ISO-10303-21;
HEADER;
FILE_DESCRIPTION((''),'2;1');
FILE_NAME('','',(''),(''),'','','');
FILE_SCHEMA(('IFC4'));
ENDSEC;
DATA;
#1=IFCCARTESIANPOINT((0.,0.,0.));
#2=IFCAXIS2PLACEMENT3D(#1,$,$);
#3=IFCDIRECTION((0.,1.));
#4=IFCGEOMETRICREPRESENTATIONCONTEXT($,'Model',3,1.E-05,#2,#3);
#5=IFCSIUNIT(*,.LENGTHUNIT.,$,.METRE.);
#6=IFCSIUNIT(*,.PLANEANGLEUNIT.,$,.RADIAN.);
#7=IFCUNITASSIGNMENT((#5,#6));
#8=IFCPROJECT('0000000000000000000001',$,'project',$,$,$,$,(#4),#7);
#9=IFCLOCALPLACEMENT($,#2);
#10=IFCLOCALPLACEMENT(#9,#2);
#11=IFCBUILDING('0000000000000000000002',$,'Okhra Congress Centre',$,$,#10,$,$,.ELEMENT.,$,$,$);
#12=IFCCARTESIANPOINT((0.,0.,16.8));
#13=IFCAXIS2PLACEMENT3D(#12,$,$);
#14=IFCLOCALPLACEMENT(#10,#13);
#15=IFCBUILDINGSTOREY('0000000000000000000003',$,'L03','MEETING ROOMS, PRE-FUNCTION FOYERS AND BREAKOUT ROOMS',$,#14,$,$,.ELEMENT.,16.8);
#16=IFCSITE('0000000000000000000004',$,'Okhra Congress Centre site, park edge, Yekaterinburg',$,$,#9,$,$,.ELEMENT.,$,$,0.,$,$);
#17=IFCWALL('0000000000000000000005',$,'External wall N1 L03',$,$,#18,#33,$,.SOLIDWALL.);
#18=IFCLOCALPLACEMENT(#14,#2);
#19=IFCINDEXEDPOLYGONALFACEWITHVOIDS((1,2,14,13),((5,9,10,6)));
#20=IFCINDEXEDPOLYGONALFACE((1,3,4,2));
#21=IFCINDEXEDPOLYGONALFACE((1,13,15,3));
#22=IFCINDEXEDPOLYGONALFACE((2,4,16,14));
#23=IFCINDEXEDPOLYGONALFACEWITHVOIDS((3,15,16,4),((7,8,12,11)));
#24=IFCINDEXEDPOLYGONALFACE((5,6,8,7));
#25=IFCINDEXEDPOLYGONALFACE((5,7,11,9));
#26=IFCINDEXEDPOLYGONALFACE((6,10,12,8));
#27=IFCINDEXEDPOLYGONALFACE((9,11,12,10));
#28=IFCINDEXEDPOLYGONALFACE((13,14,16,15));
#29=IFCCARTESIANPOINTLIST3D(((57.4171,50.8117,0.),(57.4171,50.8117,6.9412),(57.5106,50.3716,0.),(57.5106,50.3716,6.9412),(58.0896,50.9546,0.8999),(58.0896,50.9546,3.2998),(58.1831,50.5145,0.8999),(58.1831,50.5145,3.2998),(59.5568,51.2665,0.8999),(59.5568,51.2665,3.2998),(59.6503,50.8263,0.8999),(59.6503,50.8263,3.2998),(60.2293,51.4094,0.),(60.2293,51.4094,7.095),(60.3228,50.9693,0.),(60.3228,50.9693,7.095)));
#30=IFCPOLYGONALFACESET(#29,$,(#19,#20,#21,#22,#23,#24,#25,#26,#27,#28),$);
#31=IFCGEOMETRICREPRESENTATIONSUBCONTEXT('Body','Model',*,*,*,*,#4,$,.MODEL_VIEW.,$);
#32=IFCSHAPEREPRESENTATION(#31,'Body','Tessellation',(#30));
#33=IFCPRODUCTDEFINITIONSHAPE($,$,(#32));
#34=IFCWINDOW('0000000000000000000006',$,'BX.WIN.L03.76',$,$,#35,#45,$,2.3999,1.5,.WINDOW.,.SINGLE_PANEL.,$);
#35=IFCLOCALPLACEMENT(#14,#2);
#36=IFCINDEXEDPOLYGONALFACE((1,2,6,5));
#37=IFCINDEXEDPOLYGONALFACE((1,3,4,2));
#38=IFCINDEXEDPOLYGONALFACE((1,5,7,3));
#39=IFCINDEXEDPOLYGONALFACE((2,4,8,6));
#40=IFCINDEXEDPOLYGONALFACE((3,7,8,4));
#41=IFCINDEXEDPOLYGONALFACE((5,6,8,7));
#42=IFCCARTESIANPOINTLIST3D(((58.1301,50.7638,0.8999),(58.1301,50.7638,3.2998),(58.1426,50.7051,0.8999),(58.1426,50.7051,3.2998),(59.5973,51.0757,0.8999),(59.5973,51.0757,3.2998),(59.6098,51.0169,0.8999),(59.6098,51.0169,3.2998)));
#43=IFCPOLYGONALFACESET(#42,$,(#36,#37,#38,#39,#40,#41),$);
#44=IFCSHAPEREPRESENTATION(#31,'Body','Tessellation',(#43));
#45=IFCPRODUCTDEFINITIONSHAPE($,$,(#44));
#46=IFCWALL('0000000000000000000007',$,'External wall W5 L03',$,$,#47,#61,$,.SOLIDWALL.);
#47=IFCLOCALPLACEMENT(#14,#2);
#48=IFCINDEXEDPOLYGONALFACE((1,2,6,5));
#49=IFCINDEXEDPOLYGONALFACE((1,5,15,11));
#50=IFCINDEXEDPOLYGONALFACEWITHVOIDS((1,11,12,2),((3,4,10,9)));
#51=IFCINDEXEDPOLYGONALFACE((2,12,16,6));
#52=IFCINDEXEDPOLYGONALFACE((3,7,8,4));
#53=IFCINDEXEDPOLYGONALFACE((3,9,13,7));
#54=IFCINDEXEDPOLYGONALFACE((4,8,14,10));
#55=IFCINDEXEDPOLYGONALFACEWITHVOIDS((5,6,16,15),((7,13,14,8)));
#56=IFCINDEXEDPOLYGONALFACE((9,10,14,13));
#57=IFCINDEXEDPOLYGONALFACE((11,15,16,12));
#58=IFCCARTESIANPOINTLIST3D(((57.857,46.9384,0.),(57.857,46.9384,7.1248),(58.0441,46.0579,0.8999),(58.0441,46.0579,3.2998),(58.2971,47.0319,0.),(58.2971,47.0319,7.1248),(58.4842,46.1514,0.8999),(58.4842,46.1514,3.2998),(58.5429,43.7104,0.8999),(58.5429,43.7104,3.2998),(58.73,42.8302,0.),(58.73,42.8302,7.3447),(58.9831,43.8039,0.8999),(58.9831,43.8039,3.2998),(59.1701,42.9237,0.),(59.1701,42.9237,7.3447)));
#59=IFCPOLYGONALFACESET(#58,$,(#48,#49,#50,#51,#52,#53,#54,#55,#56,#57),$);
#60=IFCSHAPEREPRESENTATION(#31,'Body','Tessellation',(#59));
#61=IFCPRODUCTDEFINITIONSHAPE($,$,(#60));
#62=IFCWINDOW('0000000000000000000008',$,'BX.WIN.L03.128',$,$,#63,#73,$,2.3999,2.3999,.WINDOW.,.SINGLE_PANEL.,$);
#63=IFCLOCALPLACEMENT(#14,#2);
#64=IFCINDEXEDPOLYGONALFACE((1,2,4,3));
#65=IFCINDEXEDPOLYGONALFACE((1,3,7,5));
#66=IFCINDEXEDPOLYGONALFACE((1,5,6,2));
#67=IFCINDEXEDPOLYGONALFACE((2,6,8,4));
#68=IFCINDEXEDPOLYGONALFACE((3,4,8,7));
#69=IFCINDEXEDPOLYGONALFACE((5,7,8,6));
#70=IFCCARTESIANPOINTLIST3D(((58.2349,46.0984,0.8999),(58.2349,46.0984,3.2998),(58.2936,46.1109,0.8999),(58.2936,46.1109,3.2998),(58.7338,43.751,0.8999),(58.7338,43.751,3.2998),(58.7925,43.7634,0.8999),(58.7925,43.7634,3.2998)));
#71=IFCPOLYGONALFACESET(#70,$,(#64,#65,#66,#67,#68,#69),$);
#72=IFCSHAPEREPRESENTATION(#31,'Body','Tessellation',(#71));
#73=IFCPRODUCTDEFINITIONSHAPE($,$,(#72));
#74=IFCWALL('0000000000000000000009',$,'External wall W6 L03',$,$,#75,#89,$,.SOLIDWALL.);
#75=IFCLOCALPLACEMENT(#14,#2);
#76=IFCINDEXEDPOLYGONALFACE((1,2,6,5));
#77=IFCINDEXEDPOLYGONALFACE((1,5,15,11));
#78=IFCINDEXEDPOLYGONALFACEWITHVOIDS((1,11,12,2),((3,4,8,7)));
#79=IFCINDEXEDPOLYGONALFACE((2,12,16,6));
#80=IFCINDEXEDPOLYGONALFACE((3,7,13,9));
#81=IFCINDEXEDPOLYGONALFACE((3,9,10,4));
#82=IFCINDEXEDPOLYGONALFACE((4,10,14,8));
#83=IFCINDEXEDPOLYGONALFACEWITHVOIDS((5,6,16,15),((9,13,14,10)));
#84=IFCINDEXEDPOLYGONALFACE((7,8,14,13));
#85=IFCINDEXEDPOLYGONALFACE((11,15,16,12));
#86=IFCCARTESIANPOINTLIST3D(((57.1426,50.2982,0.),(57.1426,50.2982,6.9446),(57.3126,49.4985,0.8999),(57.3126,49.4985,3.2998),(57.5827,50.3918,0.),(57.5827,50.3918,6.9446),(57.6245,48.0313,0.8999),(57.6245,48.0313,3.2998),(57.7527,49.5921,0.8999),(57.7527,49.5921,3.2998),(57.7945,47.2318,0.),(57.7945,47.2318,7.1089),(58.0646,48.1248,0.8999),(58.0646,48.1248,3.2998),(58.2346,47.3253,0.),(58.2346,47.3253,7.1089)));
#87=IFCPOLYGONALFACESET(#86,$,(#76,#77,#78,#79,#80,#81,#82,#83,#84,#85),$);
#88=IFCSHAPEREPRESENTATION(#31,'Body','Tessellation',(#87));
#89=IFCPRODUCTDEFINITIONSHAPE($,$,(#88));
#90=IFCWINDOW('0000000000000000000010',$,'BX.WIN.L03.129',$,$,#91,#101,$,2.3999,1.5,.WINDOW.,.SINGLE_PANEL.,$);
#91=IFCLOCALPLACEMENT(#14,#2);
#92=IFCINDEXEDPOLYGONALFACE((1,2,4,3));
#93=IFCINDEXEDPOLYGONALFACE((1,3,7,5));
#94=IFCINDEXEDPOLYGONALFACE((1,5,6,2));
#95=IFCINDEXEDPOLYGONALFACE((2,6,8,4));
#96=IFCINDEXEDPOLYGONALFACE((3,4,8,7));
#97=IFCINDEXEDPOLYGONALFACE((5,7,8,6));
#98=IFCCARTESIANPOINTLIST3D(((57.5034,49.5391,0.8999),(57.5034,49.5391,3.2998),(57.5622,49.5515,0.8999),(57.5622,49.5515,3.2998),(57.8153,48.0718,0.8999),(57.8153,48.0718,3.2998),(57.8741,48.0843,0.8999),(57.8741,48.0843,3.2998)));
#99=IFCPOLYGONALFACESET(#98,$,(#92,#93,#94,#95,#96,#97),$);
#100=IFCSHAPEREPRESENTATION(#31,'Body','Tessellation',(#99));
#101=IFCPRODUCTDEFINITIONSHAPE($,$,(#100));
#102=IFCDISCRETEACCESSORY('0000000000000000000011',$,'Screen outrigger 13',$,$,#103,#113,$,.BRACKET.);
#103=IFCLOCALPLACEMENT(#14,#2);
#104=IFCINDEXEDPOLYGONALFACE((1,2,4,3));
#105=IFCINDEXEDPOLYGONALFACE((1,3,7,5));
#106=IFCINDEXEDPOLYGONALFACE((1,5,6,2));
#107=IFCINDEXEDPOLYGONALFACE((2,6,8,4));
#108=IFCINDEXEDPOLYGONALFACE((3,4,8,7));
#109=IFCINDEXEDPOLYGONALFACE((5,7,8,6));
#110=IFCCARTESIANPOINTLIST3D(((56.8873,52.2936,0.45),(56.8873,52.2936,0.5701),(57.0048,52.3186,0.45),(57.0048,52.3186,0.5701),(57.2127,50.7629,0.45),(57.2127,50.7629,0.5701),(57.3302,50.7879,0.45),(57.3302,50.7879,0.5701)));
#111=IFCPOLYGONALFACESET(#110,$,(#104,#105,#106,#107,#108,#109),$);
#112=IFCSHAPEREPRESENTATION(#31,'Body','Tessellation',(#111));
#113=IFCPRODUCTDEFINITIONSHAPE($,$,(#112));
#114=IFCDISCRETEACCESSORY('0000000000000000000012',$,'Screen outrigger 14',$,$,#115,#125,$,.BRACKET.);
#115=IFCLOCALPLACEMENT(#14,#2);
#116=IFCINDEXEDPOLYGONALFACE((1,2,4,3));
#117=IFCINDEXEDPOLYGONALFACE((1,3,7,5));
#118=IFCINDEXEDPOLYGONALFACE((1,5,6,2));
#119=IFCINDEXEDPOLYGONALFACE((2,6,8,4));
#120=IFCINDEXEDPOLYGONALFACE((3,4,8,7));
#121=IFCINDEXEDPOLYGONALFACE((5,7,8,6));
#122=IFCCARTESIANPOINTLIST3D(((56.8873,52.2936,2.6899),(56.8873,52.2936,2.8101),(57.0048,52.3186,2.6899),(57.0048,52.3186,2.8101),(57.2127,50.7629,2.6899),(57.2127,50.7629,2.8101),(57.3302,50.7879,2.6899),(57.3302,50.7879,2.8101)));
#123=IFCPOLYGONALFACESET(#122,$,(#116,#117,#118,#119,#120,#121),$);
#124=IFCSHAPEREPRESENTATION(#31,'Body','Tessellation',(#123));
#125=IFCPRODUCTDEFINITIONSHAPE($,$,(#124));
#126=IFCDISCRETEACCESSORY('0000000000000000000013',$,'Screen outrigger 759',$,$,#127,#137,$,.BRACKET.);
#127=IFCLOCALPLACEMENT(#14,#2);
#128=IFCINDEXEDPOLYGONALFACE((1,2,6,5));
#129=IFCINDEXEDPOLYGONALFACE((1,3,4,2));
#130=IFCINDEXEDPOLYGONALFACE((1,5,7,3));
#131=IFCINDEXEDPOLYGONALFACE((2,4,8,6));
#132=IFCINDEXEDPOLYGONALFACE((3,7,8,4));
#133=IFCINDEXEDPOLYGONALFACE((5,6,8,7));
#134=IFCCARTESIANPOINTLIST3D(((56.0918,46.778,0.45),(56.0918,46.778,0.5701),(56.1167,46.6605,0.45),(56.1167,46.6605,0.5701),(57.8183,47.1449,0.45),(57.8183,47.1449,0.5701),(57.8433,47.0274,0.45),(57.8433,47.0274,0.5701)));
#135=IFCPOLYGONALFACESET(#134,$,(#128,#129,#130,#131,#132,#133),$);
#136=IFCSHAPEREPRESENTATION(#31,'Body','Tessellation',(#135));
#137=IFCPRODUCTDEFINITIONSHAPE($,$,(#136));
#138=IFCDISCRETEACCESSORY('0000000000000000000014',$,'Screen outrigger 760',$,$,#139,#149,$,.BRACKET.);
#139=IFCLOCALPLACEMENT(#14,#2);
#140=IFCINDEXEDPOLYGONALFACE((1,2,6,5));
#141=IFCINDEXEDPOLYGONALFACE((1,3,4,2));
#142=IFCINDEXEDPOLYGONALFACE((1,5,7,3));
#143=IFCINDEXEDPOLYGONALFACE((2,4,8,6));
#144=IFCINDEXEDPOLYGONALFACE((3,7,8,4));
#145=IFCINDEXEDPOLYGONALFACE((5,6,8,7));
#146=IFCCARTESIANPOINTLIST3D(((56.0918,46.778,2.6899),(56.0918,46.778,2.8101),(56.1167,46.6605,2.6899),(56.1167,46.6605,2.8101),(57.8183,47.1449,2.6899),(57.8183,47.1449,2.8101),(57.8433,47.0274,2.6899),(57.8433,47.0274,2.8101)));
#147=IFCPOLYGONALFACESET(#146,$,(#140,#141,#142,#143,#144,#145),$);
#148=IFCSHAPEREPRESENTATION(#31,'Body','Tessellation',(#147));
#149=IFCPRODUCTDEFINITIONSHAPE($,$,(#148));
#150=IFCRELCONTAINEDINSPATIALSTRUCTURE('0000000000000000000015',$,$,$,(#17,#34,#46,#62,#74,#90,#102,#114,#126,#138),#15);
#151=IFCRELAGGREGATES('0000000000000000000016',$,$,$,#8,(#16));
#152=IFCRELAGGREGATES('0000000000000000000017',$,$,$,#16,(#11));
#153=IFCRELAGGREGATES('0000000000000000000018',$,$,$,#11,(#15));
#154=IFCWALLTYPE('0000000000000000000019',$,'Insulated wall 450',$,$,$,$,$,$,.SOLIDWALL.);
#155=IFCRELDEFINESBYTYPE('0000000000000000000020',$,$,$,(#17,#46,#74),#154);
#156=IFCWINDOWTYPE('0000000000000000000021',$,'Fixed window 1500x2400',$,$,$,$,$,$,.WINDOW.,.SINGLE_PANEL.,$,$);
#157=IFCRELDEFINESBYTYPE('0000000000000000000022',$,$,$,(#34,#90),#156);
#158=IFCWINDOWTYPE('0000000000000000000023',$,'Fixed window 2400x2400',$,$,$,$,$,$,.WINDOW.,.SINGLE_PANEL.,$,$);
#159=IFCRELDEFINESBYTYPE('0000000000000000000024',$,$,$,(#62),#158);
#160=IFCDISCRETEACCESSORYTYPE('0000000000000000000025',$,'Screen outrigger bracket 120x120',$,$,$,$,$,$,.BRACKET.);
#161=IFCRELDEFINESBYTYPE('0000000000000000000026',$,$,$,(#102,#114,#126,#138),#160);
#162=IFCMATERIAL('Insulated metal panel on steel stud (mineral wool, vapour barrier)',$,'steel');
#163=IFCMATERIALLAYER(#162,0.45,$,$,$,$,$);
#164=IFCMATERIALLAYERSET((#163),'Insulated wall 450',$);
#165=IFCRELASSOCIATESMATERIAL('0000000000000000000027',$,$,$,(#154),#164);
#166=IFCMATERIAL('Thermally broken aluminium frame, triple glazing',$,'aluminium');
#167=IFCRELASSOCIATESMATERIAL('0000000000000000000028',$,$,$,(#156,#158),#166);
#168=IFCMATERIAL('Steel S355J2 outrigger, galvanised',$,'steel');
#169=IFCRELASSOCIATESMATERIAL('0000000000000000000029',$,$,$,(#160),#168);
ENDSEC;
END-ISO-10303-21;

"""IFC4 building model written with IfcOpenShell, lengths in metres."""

from ifc_helpers import new_model, si_unit, direction, frame, frame_2d, origin, origin_2d, place, context, subcontext, project, spatial, polyline, rectangle, outline, extrude, material, layer, layer_set, material_profile, profile_set, type_object, element, fill, save


model = new_model("IFC4")

# Units and contexts
model_context = context("Model", 3, precision=1e-05, world=origin(), true_north=direction((0.0, 1.0)))
body_context = subcontext(model_context, "Body", "Model", "MODEL_VIEW")
ifc_project = project(units=[si_unit("LENGTHUNIT", "METRE"), si_unit("PLANEANGLEUNIT", "RADIAN")], contexts=[model_context])

# Site, building, storey
site_placement = place(None, origin())
site = spatial("IfcSite", under=ifc_project, at=site_placement, Name="Okhra Congress Centre site, park edge, Yekaterinburg", CompositionType="ELEMENT", RefElevation=0.0)
building_placement = place(site_placement, origin())
building = spatial("IfcBuilding", under=site, at=building_placement, Name="Okhra Congress Centre", CompositionType="ELEMENT")
storey_placement = place(building_placement, frame((0.0, 0.0, 16.8)))
storey = spatial("IfcBuildingStorey", under=building, at=storey_placement, Name="L03", Description="MEETING ROOMS, PRE-FUNCTION FOYERS AND BREAKOUT ROOMS", CompositionType="ELEMENT", Elevation=16.8)

# Walls, openings, windows
ifc_material_1 = material(Name="Insulated metal panel on steel stud (mineral wool, vapour barrier)", Category="steel")
ifc_layer_1 = layer(ifc_material_1, 0.45)
ifc_layer_set_1 = layer_set([ifc_layer_1], Name="Insulated wall 450")
wall_type = type_object("IfcWallType", Name="Insulated wall 450", PredefinedType="SOLIDWALL", material=ifc_layer_set_1)
wall_1_placement = place(storey_placement, frame((57.4639, 50.5916, 0.0), z_axis=(0.0, 0.0, 1.0), x_axis=(0.978155, 0.207876, 0.0)))
wall_1 = element("IfcWall", 1, at=wall_1_placement, inside=storey, type_object=wall_type, Name="External wall N1 L03", PredefinedType="SOLIDWALL", context=body_context, shape_type="SweptSolid", body=[
    extrude(outline(polyline([(0.0, 0.0), (2.875, 0.0), (2.875, 7.095), (0.0, 6.9412), (0.0, 0.0)])), frame((0.0, 0.2251, 0.0), z_axis=(0.0, -1.0, 0.0), x_axis=(1.0, 0.0, 0.0)), (0.0, 0.0, 1.0), 0.45),
])
opening_1_placement = place(wall_1_placement, frame((0.6875, 0.0, 0.8999)))
opening_1 = element("IfcOpeningElement", 2, at=opening_1_placement, cuts=wall_1, PredefinedType="OPENING", context=body_context, shape_type="SweptSolid", body=[
    extrude(rectangle(XDim=1.5, YDim=2.3999, at=frame_2d((0.75, 1.2))), frame((0.0, 0.2349, 0.0), z_axis=(0.0, -1.0, 0.0), x_axis=(1.0, 0.0, 0.0)), (0.0, 0.0, 1.0), 0.47),
])
ifc_material_2 = material(Name="Thermally broken aluminium frame, triple glazing", Category="aluminium")
window_type_1 = type_object("IfcWindowType", Name="Fixed window 1500x2400", PartitioningType="SINGLE_PANEL", PredefinedType="WINDOW", material=ifc_material_2)
window_1_placement = place(opening_1_placement, origin())
window_1 = element("IfcWindow", 3, at=window_1_placement, inside=storey, type_object=window_type_1, Name="BX.WIN.L03.76", OverallHeight=2.3999, OverallWidth=1.5, PartitioningType="SINGLE_PANEL", PredefinedType="WINDOW", context=body_context, shape_type="SweptSolid", body=[
    extrude(rectangle(XDim=1.5, YDim=2.3999, at=frame_2d((0.75, 1.2))), frame((0.0, 0.03, 0.0), z_axis=(0.0, -1.0, 0.0), x_axis=(1.0, 0.0, 0.0)), (0.0, 0.0, 1.0), 0.0601),
])
fill(opening_1, window_1)
wall_2_placement = place(storey_placement, frame((58.9502, 42.877, 0.0), z_axis=(0.0, 0.0, 1.0), x_axis=(-0.207873, 0.978156, 0.0)))
wall_2 = element("IfcWall", 4, at=wall_2_placement, inside=storey, type_object=wall_type, Name="External wall W5 L03", PredefinedType="SOLIDWALL", context=body_context, shape_type="SweptSolid", body=[
    extrude(outline(polyline([(0.0, 0.0), (4.2, 0.0), (4.2, 7.1248), (0.0, 7.3447), (0.0, 0.0)])), frame((0.0, 0.2251, 0.0), z_axis=(0.0, -1.0, 0.0), x_axis=(1.0, 0.0, 0.0)), (0.0, 0.0, 1.0), 0.45),
])
opening_2_placement = place(wall_2_placement, frame((0.8999, 0.0, 0.8999)))
opening_2 = element("IfcOpeningElement", 5, at=opening_2_placement, cuts=wall_2, PredefinedType="OPENING", context=body_context, shape_type="SweptSolid", body=[
    extrude(rectangle(XDim=2.3999, YDim=2.3999, at=frame_2d((1.2, 1.2))), frame((0.0, 0.2349, 0.0), z_axis=(0.0, -1.0, 0.0), x_axis=(1.0, 0.0, 0.0)), (0.0, 0.0, 1.0), 0.47),
])
window_type_2 = type_object("IfcWindowType", Name="Fixed window 2400x2400", PartitioningType="SINGLE_PANEL", PredefinedType="WINDOW", material=ifc_material_2)
window_2_placement = place(opening_2_placement, origin())
window_2 = element("IfcWindow", 6, at=window_2_placement, inside=storey, type_object=window_type_2, Name="BX.WIN.L03.128", OverallHeight=2.3999, OverallWidth=2.3999, PartitioningType="SINGLE_PANEL", PredefinedType="WINDOW", context=body_context, shape_type="SweptSolid", body=[
    extrude(rectangle(XDim=2.3999, YDim=2.3999, at=frame_2d((1.2, 1.2))), frame((0.0, 0.03, 0.0), z_axis=(0.0, -1.0, 0.0), x_axis=(1.0, 0.0, 0.0)), (0.0, 0.0, 1.0), 0.0601),
])
fill(opening_2, window_2)
wall_3_placement = place(storey_placement, frame((58.0146, 47.2786, 0.0), z_axis=(0.0, 0.0, 1.0), x_axis=(-0.207933, 0.978143, 0.0)))
wall_3 = element("IfcWall", 7, at=wall_3_placement, inside=storey, type_object=wall_type, Name="External wall W6 L03", PredefinedType="SOLIDWALL", context=body_context, shape_type="SweptSolid", body=[
    extrude(outline(polyline([(0.0, 0.0), (3.135, 0.0), (3.135, 6.9446), (0.0, 7.1089), (0.0, 0.0)])), frame((0.0, 0.2251, 0.0), z_axis=(0.0, -1.0, 0.0), x_axis=(1.0, 0.0, 0.0)), (0.0, 0.0, 1.0), 0.45),
])
opening_3_placement = place(wall_3_placement, frame((0.8174, 0.0, 0.8999)))
opening_3 = element("IfcOpeningElement", 8, at=opening_3_placement, cuts=wall_3, PredefinedType="OPENING", context=body_context, shape_type="SweptSolid", body=[
    extrude(rectangle(XDim=1.5, YDim=2.3999, at=frame_2d((0.75, 1.2))), frame((0.0, 0.2349, 0.0), z_axis=(0.0, -1.0, 0.0), x_axis=(1.0, 0.0, 0.0)), (0.0, 0.0, 1.0), 0.47),
])
window_3_placement = place(opening_3_placement, origin())
window_3 = element("IfcWindow", 9, at=window_3_placement, inside=storey, type_object=window_type_1, Name="BX.WIN.L03.129", OverallHeight=2.3999, OverallWidth=1.5, PartitioningType="SINGLE_PANEL", PredefinedType="WINDOW", context=body_context, shape_type="SweptSolid", body=[
    extrude(rectangle(XDim=1.5, YDim=2.3999, at=frame_2d((0.75, 1.2))), frame((0.0, 0.03, 0.0), z_axis=(0.0, -1.0, 0.0), x_axis=(1.0, 0.0, 0.0)), (0.0, 0.0, 1.0), 0.0601),
])
fill(opening_3, window_3)

# Discrete accessories
ifc_material_3 = material(Name="Steel S355J2 outrigger, galvanised", Category="steel")
ifc_material_profile_1 = material_profile(ifc_material_3, rectangle(XDim=0.1201, YDim=0.1201, at=origin_2d()), Name="Screen outrigger bracket 120x120")
ifc_profile_set_1 = profile_set([ifc_material_profile_1], Name="Steel S355J2 outrigger, galvanised")
discrete_accessory_type = type_object("IfcDiscreteAccessoryType", Name="Screen outrigger bracket 120x120", PredefinedType="BRACKET", material=ifc_profile_set_1)
for number, where, z_axis, x_axis, name in (
    (10, (57.2715, 50.7754, 0.51), (-0.207952, 0.978139, 0.0), (-0.978139, -0.207952, 0.0), "Screen outrigger 13"),
    (11, (57.2715, 50.7754, 2.75), (-0.207952, 0.978139, 0.0), (-0.978139, -0.207952, 0.0), "Screen outrigger 14"),
):
    element("IfcDiscreteAccessory", number, at=place(storey_placement, frame(where, z_axis=z_axis, x_axis=x_axis)), inside=storey, type_object=discrete_accessory_type, Name=name, PredefinedType="BRACKET", context=body_context, shape_type="SweptSolid", body=[
        extrude(rectangle(XDim=0.1201, YDim=0.1201, at=origin_2d()), origin(), (0.0, 0.0, 1.0), 1.5649),
    ])
for number, where, z_axis, x_axis, name in (
    (12, (57.8308, 47.0862, 0.51), (-0.978153, -0.207885, 0.0), (0.207885, -0.978153, 0.0), "Screen outrigger 759"),
    (13, (57.8308, 47.0862, 2.75), (-0.978153, -0.207885, 0.0), (0.207885, -0.978153, 0.0), "Screen outrigger 760"),
):
    element("IfcDiscreteAccessory", number, at=place(storey_placement, frame(where, z_axis=z_axis, x_axis=x_axis)), inside=storey, type_object=discrete_accessory_type, Name=name, PredefinedType="BRACKET", context=body_context, shape_type="SweptSolid", body=[
        extrude(rectangle(XDim=0.1201, YDim=0.1201, at=origin_2d()), origin(), (0.0, 0.0, 1.0), 1.7651),
    ])

save(model, "model.ifc")
